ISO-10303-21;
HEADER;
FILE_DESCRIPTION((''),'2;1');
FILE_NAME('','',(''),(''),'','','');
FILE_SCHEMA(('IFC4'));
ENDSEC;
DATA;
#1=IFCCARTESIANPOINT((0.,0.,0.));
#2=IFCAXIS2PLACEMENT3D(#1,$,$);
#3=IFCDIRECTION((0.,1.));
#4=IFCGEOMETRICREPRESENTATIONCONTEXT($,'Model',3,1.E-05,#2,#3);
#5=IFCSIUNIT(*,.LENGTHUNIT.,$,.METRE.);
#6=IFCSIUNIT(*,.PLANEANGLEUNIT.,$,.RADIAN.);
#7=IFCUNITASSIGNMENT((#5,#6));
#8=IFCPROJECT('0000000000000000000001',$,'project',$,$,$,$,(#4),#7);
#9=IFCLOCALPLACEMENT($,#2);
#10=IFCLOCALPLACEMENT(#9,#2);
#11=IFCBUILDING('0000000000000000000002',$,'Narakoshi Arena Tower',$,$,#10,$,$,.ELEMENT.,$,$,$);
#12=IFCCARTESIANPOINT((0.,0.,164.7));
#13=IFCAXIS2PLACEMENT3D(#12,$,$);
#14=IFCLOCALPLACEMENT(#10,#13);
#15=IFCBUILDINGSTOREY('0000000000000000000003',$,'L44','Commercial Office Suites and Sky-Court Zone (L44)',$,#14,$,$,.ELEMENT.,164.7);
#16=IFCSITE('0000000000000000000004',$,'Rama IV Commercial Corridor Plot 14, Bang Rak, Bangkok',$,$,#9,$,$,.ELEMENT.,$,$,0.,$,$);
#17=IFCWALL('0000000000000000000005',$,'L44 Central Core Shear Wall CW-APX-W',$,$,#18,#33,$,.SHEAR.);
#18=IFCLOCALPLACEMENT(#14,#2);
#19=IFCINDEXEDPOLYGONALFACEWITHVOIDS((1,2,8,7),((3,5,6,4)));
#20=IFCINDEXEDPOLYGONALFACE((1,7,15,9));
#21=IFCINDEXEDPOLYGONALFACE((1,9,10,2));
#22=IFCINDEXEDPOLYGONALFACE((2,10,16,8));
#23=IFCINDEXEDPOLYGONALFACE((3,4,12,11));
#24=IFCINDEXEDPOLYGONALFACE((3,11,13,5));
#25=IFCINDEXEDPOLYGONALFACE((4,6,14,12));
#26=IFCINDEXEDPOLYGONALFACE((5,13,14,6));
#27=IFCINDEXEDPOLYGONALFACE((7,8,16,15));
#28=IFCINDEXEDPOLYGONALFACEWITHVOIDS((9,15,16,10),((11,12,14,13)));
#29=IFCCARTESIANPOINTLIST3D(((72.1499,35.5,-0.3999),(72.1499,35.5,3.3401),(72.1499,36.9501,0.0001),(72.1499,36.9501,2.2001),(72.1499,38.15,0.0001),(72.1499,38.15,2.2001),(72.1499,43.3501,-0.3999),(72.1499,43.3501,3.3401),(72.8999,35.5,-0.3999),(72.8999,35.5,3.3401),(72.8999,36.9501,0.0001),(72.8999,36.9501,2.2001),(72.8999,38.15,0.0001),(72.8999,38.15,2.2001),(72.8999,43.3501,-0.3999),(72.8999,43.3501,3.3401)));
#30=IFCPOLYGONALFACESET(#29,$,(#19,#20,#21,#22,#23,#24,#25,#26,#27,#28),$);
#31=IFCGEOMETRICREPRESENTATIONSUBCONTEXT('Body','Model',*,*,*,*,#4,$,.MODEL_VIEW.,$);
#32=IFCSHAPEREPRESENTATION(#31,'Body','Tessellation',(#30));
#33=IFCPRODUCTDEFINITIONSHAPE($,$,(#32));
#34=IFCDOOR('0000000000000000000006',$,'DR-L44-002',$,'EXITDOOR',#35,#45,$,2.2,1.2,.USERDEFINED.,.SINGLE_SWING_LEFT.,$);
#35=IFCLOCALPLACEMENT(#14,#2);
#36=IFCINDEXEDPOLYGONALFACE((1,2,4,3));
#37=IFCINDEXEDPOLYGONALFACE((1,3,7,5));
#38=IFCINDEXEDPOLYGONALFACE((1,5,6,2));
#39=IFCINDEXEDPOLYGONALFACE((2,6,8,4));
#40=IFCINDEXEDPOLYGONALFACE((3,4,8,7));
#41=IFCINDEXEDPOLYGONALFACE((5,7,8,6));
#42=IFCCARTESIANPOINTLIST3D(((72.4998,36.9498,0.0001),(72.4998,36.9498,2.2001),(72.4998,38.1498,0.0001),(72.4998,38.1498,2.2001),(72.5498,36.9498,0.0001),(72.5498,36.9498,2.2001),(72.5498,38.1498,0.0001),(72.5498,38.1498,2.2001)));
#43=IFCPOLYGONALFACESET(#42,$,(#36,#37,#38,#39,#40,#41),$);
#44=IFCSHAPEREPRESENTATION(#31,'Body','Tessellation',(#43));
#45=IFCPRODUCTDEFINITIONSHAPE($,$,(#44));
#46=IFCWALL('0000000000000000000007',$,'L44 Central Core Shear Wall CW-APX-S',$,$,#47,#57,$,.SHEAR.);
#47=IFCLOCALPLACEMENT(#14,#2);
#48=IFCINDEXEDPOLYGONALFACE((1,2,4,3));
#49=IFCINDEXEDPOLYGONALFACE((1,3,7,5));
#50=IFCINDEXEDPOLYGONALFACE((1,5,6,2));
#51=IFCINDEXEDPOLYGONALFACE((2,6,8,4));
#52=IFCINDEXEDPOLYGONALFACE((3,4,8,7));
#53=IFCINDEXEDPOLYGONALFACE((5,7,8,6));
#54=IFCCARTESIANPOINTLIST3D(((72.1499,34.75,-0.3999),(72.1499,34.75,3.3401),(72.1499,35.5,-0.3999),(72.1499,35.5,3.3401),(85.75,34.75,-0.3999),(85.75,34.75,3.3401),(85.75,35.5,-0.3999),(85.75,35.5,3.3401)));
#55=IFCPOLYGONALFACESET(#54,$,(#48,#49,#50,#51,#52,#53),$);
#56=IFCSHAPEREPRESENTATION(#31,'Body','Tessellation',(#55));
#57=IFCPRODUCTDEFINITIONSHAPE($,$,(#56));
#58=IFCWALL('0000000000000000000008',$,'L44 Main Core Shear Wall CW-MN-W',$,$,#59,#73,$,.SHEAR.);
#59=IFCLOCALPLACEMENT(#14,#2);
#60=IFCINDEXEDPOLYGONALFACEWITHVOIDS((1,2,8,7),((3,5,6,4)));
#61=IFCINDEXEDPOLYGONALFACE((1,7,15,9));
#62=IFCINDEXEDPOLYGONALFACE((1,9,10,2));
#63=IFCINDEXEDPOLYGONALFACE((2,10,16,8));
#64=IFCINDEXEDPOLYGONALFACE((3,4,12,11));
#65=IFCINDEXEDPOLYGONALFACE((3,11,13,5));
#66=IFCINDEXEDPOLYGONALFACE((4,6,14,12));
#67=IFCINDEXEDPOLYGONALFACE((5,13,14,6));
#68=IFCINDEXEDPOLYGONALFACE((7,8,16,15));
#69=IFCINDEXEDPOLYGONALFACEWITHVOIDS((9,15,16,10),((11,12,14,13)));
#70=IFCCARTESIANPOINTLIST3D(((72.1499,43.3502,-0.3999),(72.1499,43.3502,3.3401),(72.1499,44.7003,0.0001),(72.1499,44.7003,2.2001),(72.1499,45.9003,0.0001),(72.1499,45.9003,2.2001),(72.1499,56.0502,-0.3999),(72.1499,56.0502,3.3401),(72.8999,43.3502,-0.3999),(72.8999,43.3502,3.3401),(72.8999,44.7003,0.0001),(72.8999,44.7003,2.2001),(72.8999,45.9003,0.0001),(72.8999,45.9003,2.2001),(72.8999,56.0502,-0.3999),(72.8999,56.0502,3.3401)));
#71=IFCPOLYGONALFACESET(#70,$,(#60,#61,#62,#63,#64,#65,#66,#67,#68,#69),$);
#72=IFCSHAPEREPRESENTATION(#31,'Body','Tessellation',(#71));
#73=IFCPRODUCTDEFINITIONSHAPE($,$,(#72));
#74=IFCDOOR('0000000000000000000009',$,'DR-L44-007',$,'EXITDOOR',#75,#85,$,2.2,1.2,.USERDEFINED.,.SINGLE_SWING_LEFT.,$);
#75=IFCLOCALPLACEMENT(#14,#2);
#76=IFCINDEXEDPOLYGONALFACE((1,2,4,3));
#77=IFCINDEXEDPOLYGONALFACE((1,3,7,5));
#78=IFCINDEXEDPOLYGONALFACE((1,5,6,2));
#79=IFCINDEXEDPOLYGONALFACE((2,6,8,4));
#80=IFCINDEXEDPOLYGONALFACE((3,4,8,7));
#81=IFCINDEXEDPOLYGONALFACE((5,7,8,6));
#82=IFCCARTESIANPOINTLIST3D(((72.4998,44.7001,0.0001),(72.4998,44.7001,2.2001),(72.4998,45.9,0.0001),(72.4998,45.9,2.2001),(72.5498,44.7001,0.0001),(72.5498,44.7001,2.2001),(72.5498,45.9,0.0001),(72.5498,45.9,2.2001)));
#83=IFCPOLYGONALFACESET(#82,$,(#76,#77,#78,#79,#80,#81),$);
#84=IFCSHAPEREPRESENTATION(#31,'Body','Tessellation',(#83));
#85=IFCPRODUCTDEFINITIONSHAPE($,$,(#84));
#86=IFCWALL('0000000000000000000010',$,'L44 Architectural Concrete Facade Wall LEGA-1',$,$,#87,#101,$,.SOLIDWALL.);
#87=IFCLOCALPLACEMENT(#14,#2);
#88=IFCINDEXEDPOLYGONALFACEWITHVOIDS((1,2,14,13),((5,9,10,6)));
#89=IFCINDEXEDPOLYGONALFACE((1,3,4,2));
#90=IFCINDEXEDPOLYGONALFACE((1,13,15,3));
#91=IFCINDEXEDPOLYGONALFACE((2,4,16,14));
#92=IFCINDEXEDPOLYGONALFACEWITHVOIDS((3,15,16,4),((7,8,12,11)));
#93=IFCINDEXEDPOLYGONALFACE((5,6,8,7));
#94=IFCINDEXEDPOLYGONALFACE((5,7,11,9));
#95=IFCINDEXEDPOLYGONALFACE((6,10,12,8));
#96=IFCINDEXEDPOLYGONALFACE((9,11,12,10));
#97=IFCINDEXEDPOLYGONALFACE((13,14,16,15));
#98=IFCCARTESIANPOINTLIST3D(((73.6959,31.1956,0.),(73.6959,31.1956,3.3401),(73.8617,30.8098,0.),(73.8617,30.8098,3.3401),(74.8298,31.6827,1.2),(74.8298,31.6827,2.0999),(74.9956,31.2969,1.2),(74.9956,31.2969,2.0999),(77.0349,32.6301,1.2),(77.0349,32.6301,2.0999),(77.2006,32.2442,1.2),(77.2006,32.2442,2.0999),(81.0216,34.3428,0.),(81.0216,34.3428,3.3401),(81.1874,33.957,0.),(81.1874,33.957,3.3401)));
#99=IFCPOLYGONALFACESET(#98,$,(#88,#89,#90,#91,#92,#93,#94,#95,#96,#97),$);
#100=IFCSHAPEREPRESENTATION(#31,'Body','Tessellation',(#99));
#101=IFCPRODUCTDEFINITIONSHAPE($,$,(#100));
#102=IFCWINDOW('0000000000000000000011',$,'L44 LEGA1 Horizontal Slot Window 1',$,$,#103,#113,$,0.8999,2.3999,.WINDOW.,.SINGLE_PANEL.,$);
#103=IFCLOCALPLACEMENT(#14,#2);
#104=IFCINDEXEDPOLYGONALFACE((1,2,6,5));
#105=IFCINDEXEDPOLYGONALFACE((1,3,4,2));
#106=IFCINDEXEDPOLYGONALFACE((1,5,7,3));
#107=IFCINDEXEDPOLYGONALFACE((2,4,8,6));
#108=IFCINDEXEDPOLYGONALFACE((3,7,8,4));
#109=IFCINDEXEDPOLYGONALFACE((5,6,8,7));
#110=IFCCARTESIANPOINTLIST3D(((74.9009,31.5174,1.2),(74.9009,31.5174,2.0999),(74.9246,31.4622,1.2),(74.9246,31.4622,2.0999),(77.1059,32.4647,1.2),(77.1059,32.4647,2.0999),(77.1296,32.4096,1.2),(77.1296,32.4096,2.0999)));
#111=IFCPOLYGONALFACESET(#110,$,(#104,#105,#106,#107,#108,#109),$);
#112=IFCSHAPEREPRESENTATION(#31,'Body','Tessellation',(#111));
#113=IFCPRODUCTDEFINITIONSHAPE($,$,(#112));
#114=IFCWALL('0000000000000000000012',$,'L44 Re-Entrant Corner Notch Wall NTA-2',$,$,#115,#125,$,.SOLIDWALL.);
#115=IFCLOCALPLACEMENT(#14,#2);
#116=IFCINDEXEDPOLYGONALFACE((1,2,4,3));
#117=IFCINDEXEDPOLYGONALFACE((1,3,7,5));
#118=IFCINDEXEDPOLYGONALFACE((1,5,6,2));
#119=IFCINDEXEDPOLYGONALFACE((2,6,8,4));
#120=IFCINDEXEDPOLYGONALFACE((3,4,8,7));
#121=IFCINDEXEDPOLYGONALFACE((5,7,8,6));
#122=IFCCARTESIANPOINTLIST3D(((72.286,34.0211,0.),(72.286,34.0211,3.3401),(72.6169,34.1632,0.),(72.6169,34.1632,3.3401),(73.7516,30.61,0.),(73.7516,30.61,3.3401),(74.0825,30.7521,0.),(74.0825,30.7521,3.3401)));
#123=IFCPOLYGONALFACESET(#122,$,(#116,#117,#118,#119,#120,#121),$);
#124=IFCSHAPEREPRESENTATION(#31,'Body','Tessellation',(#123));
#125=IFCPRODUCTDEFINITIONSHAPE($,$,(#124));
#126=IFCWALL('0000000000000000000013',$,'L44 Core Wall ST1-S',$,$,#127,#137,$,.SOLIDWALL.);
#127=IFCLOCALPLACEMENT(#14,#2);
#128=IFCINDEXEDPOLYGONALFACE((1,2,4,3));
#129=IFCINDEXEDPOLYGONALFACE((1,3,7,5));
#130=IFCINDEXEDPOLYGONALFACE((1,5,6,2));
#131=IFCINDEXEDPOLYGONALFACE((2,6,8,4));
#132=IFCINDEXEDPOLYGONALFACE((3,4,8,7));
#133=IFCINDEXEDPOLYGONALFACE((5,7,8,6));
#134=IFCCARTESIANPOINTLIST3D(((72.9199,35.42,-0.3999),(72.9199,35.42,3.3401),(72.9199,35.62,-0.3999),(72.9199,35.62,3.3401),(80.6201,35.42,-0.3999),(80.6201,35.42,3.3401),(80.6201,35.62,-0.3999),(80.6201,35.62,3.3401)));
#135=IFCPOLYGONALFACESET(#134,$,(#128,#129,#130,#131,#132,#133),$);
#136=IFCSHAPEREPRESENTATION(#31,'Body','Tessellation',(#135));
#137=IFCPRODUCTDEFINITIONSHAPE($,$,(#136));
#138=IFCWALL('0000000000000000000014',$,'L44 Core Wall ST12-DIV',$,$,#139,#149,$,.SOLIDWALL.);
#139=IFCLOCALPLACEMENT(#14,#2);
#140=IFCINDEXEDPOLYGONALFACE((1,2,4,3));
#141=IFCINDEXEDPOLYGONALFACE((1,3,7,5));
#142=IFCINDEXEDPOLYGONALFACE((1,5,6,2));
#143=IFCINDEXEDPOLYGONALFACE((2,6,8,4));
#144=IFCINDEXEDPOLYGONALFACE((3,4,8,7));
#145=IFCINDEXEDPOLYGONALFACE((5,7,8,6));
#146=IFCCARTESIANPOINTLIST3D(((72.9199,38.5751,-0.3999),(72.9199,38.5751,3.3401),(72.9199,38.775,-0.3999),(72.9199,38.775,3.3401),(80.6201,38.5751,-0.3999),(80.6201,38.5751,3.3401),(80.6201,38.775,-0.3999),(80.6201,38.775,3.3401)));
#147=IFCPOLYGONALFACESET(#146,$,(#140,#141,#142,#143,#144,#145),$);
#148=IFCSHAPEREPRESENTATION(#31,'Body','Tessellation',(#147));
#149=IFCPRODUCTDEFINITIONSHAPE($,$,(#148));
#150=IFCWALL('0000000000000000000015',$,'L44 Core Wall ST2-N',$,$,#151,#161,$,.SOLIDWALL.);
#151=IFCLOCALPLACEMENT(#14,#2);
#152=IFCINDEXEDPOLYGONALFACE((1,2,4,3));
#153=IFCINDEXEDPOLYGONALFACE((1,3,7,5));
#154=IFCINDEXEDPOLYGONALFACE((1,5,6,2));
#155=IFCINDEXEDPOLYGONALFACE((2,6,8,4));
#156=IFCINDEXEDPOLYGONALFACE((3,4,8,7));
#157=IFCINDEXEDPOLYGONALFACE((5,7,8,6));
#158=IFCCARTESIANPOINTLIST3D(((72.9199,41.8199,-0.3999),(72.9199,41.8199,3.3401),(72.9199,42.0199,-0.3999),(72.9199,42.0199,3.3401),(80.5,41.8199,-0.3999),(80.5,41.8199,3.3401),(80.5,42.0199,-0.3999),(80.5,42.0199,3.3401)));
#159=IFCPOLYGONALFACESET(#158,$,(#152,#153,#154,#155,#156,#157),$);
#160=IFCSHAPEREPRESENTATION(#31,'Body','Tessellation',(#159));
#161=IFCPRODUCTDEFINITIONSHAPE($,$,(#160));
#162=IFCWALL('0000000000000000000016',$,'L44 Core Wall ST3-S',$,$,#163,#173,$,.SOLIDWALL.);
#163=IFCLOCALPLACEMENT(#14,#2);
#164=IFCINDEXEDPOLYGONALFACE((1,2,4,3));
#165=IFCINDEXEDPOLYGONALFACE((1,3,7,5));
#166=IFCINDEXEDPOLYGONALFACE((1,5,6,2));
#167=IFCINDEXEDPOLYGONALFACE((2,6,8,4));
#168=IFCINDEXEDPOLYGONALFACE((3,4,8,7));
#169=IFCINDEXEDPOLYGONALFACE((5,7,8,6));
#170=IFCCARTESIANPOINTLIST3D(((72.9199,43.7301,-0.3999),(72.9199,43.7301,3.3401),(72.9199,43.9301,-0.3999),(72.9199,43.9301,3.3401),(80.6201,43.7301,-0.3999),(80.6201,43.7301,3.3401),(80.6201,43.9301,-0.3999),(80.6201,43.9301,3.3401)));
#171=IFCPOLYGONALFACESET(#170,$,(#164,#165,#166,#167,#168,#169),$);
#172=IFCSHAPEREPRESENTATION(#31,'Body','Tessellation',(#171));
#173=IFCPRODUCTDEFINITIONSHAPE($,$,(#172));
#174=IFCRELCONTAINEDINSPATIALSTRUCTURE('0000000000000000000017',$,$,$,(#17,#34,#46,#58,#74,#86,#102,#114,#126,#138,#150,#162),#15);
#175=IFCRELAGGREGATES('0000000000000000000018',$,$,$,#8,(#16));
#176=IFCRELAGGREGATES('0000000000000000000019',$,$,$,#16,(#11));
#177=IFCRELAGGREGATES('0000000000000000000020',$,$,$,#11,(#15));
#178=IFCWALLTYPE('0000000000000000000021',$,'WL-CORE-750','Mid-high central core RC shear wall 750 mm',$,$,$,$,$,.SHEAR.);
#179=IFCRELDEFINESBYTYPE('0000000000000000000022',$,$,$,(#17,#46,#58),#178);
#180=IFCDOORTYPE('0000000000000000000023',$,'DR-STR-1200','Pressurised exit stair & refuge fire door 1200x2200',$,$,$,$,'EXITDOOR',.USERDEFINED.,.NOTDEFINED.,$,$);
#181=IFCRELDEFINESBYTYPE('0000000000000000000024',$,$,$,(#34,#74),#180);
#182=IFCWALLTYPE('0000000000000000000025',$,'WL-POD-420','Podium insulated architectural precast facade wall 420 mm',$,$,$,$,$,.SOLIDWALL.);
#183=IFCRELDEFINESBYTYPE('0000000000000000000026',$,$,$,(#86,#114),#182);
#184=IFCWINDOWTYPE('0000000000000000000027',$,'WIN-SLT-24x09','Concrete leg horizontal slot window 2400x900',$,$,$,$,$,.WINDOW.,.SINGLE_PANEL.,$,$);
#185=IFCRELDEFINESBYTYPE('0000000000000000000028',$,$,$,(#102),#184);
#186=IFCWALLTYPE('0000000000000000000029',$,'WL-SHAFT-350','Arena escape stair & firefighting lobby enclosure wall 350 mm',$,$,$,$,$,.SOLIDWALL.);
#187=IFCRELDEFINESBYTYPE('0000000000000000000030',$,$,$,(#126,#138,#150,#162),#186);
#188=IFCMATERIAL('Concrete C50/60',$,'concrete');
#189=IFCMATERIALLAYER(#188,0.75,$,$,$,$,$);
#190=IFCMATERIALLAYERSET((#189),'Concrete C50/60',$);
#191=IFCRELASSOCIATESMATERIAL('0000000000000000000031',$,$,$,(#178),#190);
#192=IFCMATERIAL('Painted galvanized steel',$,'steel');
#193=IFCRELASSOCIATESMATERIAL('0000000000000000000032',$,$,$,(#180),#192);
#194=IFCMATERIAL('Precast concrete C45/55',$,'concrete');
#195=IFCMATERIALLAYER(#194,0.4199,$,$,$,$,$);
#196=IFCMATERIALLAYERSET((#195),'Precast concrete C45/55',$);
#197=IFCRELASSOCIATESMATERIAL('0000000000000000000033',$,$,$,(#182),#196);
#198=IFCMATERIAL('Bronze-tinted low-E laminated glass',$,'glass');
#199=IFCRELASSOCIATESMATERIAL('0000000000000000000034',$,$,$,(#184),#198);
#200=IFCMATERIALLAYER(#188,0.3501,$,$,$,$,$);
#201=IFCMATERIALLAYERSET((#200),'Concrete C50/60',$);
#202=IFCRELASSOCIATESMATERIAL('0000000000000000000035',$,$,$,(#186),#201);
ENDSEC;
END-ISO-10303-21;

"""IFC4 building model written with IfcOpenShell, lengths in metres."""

from ifc_helpers import new_model, si_unit, direction, frame, frame_2d, origin, place, context, subcontext, project, spatial, rectangle, extrude, material, layer, layer_set, type_object, element, fill, save


model = new_model("IFC4")

# Units and contexts
model_context = context("Model", 3, precision=1e-05, world=origin(), true_north=direction((0.0, 1.0)))
body_context = subcontext(model_context, "Body", "Model", "MODEL_VIEW")
ifc_project = project(units=[si_unit("LENGTHUNIT", "METRE"), si_unit("PLANEANGLEUNIT", "RADIAN")], contexts=[model_context])

# Site, building, storey
site_placement = place(None, origin())
site = spatial("IfcSite", under=ifc_project, at=site_placement, Name="Rama IV Commercial Corridor Plot 14, Bang Rak, Bangkok", CompositionType="ELEMENT", RefElevation=0.0)
building_placement = place(site_placement, origin())
building = spatial("IfcBuilding", under=site, at=building_placement, Name="Narakoshi Arena Tower", CompositionType="ELEMENT")
storey_placement = place(building_placement, frame((0.0, 0.0, 164.7)))
storey = spatial("IfcBuildingStorey", under=building, at=storey_placement, Name="L44", Description="Commercial Office Suites and Sky-Court Zone (L44)", CompositionType="ELEMENT", Elevation=164.7)

# Wall, opening, door
ifc_material_1 = material(Name="Concrete C50/60", Category="concrete")
ifc_layer_1 = layer(ifc_material_1, 0.75)
ifc_layer_set_1 = layer_set([ifc_layer_1], Name="Concrete C50/60")
wall_type_1 = type_object("IfcWallType", Name="WL-CORE-750", Description="Mid-high central core RC shear wall 750 mm", PredefinedType="SHEAR", material=ifc_layer_set_1)
wall_1_placement = place(storey_placement, frame((72.5249, 35.5, -0.3999), z_axis=(0.0, 0.0, 1.0), x_axis=(0.0, 1.0, 0.0)))
wall_1 = element("IfcWall", 1, at=wall_1_placement, inside=storey, type_object=wall_type_1, Name="L44 Central Core Shear Wall CW-APX-W", PredefinedType="SHEAR", context=body_context, shape_type="SweptSolid", body=[
    extrude(rectangle(XDim=7.8501, YDim=0.75, at=frame_2d((3.925, 0.0))), origin(), (0.0, 0.0, 1.0), 3.74),
])
opening_1_placement = place(wall_1_placement, frame((1.45, 0.0, 0.3999)))
opening_1 = element("IfcOpeningElement", 2, at=opening_1_placement, cuts=wall_1, PredefinedType="OPENING", context=body_context, shape_type="SweptSolid", body=[
    extrude(rectangle(XDim=1.2, YDim=2.2, at=frame_2d((0.6001, 1.1001))), frame((0.0, 0.385, 0.0), z_axis=(0.0, -1.0, 0.0), x_axis=(1.0, 0.0, 0.0)), (0.0, 0.0, 1.0), 0.77),
])
ifc_material_2 = material(Name="Painted galvanized steel", Category="steel")
door_type = type_object("IfcDoorType", Name="DR-STR-1200", Description="Pressurised exit stair & refuge fire door 1200x2200", ElementType="EXITDOOR", OperationType="NOTDEFINED", PredefinedType="USERDEFINED", material=ifc_material_2)
door_1_placement = place(opening_1_placement, frame((1.2, 0.0, 0.0), z_axis=(0.0, 0.0, 1.0), x_axis=(-1.0, 0.0, 0.0)))
door_1 = element("IfcDoor", 3, at=door_1_placement, inside=storey, type_object=door_type, Name="DR-L44-002", ObjectType="EXITDOOR", OperationType="SINGLE_SWING_LEFT", OverallHeight=2.2, OverallWidth=1.2, PredefinedType="USERDEFINED", context=body_context, shape_type="SweptSolid", body=[
    extrude(rectangle(XDim=1.2, YDim=2.2, at=frame_2d((0.6001, 1.1001))), frame((0.0, 0.0249, 0.0), z_axis=(0.0, -1.0, 0.0), x_axis=(1.0, 0.0, 0.0)), (0.0, 0.0, 1.0), 0.05),
])
fill(opening_1, door_1)

# Wall
wall_2_placement = place(storey_placement, frame((72.1499, 35.125, -0.3999), z_axis=(0.0, 0.0, 1.0), x_axis=(1.0, 0.0, 0.0)))
element("IfcWall", 4, at=wall_2_placement, inside=storey, type_object=wall_type_1, Name="L44 Central Core Shear Wall CW-APX-S", PredefinedType="SHEAR", context=body_context, shape_type="SweptSolid", body=[
    extrude(rectangle(XDim=13.6001, YDim=0.75, at=frame_2d((6.8, 0.0))), origin(), (0.0, 0.0, 1.0), 3.74),
])

# Wall, opening, door
wall_3_placement = place(storey_placement, frame((72.5249, 43.3501, -0.3999), z_axis=(0.0, 0.0, 1.0), x_axis=(0.0, 1.0, 0.0)))
wall_3 = element("IfcWall", 5, at=wall_3_placement, inside=storey, type_object=wall_type_1, Name="L44 Main Core Shear Wall CW-MN-W", PredefinedType="SHEAR", context=body_context, shape_type="SweptSolid", body=[
    extrude(rectangle(XDim=12.7, YDim=0.75, at=frame_2d((6.3501, 0.0))), origin(), (0.0, 0.0, 1.0), 3.74),
])
opening_2_placement = place(wall_3_placement, frame((1.3501, 0.0, 0.3999)))
opening_2 = element("IfcOpeningElement", 6, at=opening_2_placement, cuts=wall_3, PredefinedType="OPENING", context=body_context, shape_type="SweptSolid", body=[
    extrude(rectangle(XDim=1.2, YDim=2.2, at=frame_2d((0.6001, 1.1001))), frame((0.0, 0.385, 0.0), z_axis=(0.0, -1.0, 0.0), x_axis=(1.0, 0.0, 0.0)), (0.0, 0.0, 1.0), 0.77),
])
door_2_placement = place(opening_2_placement, frame((1.2, 0.0, 0.0), z_axis=(0.0, 0.0, 1.0), x_axis=(-1.0, 0.0, 0.0)))
door_2 = element("IfcDoor", 7, at=door_2_placement, inside=storey, type_object=door_type, Name="DR-L44-007", ObjectType="EXITDOOR", OperationType="SINGLE_SWING_LEFT", OverallHeight=2.2, OverallWidth=1.2, PredefinedType="USERDEFINED", context=body_context, shape_type="SweptSolid", body=[
    extrude(rectangle(XDim=1.2, YDim=2.2, at=frame_2d((0.6001, 1.1001))), frame((0.0, 0.0249, 0.0), z_axis=(0.0, -1.0, 0.0), x_axis=(1.0, 0.0, 0.0)), (0.0, 0.0, 1.0), 0.05),
])
fill(opening_2, door_2)

# Wall, opening, window
ifc_material_3 = material(Name="Precast concrete C45/55", Category="concrete")
ifc_layer_2 = layer(ifc_material_3, 0.4199)
ifc_layer_set_2 = layer_set([ifc_layer_2], Name="Precast concrete C45/55")
wall_type_2 = type_object("IfcWallType", Name="WL-POD-420", Description="Podium insulated architectural precast facade wall 420 mm", PredefinedType="SOLIDWALL", material=ifc_layer_set_2)
wall_4_placement = place(storey_placement, frame((73.7788, 31.0027, 0.0), z_axis=(0.0, 0.0, 1.0), x_axis=(0.918798, 0.394728, 0.0)))
wall_4 = element("IfcWall", 8, at=wall_4_placement, inside=storey, type_object=wall_type_2, Name="L44 Architectural Concrete Facade Wall LEGA-1", PredefinedType="SOLIDWALL", context=body_context, shape_type="SweptSolid", body=[
    extrude(rectangle(XDim=7.9731, YDim=0.4199, at=frame_2d((3.9866, 0.0))), origin(), (0.0, 0.0, 1.0), 3.3401),
])
opening_3_placement = place(wall_4_placement, frame((1.2341, 0.0, 1.2)))
opening_3 = element("IfcOpeningElement", 9, at=opening_3_placement, cuts=wall_4, PredefinedType="OPENING", context=body_context, shape_type="SweptSolid", body=[
    extrude(rectangle(XDim=2.3999, YDim=0.8999, at=frame_2d((1.2, 0.45))), frame((0.0, 0.22, 0.0), z_axis=(0.0, -1.0, 0.0), x_axis=(1.0, 0.0, 0.0)), (0.0, 0.0, 1.0), 0.4399),
])
ifc_material_4 = material(Name="Bronze-tinted low-E laminated glass", Category="glass")
window_type = type_object("IfcWindowType", Name="WIN-SLT-24x09", Description="Concrete leg horizontal slot window 2400x900", PartitioningType="SINGLE_PANEL", PredefinedType="WINDOW", material=ifc_material_4)
window_placement = place(opening_3_placement, origin())
window = element("IfcWindow", 10, at=window_placement, inside=storey, type_object=window_type, Name="L44 LEGA1 Horizontal Slot Window 1", OverallHeight=0.8999, OverallWidth=2.3999, PartitioningType="SINGLE_PANEL", PredefinedType="WINDOW", context=body_context, shape_type="SweptSolid", body=[
    extrude(rectangle(XDim=2.3999, YDim=0.8999, at=frame_2d((1.2, 0.45))), frame((0.0, 0.03, 0.0), z_axis=(0.0, -1.0, 0.0), x_axis=(1.0, 0.0, 0.0)), (0.0, 0.0, 1.0), 0.0601),
])
fill(opening_3, window)

# Walls
wall_5_placement = place(storey_placement, frame((72.4514, 34.0923, 0.0), z_axis=(0.0, 0.0, 1.0), x_axis=(0.394752, -0.918788, 0.0)))
element("IfcWall", 11, at=wall_5_placement, inside=storey, type_object=wall_type_2, Name="L44 Re-Entrant Corner Notch Wall NTA-2", PredefinedType="SOLIDWALL", context=body_context, shape_type="SweptSolid", body=[
    extrude(rectangle(XDim=3.7126, YDim=0.3601, at=frame_2d((1.8564, 0.0))), origin(), (0.0, 0.0, 1.0), 3.3401),
])
ifc_layer_3 = layer(ifc_material_1, 0.3501)
ifc_layer_set_3 = layer_set([ifc_layer_3], Name="Concrete C50/60")
wall_type_3 = type_object("IfcWallType", Name="WL-SHAFT-350", Description="Arena escape stair & firefighting lobby enclosure wall 350 mm", PredefinedType="SOLIDWALL", material=ifc_layer_set_3)
for number, where, z_axis, x_axis, name in (
    (12, (72.9199, 35.52, -0.3999), (0.0, 0.0, 1.0), (1.0, 0.0, 0.0), "L44 Core Wall ST1-S"),
    (13, (72.9199, 38.675, -0.3999), (0.0, 0.0, 1.0), (1.0, 0.0, 0.0), "L44 Core Wall ST12-DIV"),
):
    element("IfcWall", number, at=place(storey_placement, frame(where, z_axis=z_axis, x_axis=x_axis)), inside=storey, type_object=wall_type_3, Name=name, PredefinedType="SOLIDWALL", context=body_context, shape_type="SweptSolid", body=[
        extrude(rectangle(XDim=7.7002, YDim=0.2, at=frame_2d((3.8501, 0.0))), origin(), (0.0, 0.0, 1.0), 3.74),
    ])
wall_6_placement = place(storey_placement, frame((72.9199, 41.9199, -0.3999), z_axis=(0.0, 0.0, 1.0), x_axis=(1.0, 0.0, 0.0)))
element("IfcWall", 14, at=wall_6_placement, inside=storey, type_object=wall_type_3, Name="L44 Core Wall ST2-N", PredefinedType="SOLIDWALL", context=body_context, shape_type="SweptSolid", body=[
    extrude(rectangle(XDim=7.5801, YDim=0.2, at=frame_2d((3.79, 0.0))), origin(), (0.0, 0.0, 1.0), 3.74),
])
wall_7_placement = place(storey_placement, frame((72.9199, 43.8301, -0.3999), z_axis=(0.0, 0.0, 1.0), x_axis=(1.0, 0.0, 0.0)))
element("IfcWall", 15, at=wall_7_placement, inside=storey, type_object=wall_type_3, Name="L44 Core Wall ST3-S", PredefinedType="SOLIDWALL", context=body_context, shape_type="SweptSolid", body=[
    extrude(rectangle(XDim=7.7002, YDim=0.2, at=frame_2d((3.8501, 0.0))), origin(), (0.0, 0.0, 1.0), 3.74),
])

save(model, "model.ifc")
